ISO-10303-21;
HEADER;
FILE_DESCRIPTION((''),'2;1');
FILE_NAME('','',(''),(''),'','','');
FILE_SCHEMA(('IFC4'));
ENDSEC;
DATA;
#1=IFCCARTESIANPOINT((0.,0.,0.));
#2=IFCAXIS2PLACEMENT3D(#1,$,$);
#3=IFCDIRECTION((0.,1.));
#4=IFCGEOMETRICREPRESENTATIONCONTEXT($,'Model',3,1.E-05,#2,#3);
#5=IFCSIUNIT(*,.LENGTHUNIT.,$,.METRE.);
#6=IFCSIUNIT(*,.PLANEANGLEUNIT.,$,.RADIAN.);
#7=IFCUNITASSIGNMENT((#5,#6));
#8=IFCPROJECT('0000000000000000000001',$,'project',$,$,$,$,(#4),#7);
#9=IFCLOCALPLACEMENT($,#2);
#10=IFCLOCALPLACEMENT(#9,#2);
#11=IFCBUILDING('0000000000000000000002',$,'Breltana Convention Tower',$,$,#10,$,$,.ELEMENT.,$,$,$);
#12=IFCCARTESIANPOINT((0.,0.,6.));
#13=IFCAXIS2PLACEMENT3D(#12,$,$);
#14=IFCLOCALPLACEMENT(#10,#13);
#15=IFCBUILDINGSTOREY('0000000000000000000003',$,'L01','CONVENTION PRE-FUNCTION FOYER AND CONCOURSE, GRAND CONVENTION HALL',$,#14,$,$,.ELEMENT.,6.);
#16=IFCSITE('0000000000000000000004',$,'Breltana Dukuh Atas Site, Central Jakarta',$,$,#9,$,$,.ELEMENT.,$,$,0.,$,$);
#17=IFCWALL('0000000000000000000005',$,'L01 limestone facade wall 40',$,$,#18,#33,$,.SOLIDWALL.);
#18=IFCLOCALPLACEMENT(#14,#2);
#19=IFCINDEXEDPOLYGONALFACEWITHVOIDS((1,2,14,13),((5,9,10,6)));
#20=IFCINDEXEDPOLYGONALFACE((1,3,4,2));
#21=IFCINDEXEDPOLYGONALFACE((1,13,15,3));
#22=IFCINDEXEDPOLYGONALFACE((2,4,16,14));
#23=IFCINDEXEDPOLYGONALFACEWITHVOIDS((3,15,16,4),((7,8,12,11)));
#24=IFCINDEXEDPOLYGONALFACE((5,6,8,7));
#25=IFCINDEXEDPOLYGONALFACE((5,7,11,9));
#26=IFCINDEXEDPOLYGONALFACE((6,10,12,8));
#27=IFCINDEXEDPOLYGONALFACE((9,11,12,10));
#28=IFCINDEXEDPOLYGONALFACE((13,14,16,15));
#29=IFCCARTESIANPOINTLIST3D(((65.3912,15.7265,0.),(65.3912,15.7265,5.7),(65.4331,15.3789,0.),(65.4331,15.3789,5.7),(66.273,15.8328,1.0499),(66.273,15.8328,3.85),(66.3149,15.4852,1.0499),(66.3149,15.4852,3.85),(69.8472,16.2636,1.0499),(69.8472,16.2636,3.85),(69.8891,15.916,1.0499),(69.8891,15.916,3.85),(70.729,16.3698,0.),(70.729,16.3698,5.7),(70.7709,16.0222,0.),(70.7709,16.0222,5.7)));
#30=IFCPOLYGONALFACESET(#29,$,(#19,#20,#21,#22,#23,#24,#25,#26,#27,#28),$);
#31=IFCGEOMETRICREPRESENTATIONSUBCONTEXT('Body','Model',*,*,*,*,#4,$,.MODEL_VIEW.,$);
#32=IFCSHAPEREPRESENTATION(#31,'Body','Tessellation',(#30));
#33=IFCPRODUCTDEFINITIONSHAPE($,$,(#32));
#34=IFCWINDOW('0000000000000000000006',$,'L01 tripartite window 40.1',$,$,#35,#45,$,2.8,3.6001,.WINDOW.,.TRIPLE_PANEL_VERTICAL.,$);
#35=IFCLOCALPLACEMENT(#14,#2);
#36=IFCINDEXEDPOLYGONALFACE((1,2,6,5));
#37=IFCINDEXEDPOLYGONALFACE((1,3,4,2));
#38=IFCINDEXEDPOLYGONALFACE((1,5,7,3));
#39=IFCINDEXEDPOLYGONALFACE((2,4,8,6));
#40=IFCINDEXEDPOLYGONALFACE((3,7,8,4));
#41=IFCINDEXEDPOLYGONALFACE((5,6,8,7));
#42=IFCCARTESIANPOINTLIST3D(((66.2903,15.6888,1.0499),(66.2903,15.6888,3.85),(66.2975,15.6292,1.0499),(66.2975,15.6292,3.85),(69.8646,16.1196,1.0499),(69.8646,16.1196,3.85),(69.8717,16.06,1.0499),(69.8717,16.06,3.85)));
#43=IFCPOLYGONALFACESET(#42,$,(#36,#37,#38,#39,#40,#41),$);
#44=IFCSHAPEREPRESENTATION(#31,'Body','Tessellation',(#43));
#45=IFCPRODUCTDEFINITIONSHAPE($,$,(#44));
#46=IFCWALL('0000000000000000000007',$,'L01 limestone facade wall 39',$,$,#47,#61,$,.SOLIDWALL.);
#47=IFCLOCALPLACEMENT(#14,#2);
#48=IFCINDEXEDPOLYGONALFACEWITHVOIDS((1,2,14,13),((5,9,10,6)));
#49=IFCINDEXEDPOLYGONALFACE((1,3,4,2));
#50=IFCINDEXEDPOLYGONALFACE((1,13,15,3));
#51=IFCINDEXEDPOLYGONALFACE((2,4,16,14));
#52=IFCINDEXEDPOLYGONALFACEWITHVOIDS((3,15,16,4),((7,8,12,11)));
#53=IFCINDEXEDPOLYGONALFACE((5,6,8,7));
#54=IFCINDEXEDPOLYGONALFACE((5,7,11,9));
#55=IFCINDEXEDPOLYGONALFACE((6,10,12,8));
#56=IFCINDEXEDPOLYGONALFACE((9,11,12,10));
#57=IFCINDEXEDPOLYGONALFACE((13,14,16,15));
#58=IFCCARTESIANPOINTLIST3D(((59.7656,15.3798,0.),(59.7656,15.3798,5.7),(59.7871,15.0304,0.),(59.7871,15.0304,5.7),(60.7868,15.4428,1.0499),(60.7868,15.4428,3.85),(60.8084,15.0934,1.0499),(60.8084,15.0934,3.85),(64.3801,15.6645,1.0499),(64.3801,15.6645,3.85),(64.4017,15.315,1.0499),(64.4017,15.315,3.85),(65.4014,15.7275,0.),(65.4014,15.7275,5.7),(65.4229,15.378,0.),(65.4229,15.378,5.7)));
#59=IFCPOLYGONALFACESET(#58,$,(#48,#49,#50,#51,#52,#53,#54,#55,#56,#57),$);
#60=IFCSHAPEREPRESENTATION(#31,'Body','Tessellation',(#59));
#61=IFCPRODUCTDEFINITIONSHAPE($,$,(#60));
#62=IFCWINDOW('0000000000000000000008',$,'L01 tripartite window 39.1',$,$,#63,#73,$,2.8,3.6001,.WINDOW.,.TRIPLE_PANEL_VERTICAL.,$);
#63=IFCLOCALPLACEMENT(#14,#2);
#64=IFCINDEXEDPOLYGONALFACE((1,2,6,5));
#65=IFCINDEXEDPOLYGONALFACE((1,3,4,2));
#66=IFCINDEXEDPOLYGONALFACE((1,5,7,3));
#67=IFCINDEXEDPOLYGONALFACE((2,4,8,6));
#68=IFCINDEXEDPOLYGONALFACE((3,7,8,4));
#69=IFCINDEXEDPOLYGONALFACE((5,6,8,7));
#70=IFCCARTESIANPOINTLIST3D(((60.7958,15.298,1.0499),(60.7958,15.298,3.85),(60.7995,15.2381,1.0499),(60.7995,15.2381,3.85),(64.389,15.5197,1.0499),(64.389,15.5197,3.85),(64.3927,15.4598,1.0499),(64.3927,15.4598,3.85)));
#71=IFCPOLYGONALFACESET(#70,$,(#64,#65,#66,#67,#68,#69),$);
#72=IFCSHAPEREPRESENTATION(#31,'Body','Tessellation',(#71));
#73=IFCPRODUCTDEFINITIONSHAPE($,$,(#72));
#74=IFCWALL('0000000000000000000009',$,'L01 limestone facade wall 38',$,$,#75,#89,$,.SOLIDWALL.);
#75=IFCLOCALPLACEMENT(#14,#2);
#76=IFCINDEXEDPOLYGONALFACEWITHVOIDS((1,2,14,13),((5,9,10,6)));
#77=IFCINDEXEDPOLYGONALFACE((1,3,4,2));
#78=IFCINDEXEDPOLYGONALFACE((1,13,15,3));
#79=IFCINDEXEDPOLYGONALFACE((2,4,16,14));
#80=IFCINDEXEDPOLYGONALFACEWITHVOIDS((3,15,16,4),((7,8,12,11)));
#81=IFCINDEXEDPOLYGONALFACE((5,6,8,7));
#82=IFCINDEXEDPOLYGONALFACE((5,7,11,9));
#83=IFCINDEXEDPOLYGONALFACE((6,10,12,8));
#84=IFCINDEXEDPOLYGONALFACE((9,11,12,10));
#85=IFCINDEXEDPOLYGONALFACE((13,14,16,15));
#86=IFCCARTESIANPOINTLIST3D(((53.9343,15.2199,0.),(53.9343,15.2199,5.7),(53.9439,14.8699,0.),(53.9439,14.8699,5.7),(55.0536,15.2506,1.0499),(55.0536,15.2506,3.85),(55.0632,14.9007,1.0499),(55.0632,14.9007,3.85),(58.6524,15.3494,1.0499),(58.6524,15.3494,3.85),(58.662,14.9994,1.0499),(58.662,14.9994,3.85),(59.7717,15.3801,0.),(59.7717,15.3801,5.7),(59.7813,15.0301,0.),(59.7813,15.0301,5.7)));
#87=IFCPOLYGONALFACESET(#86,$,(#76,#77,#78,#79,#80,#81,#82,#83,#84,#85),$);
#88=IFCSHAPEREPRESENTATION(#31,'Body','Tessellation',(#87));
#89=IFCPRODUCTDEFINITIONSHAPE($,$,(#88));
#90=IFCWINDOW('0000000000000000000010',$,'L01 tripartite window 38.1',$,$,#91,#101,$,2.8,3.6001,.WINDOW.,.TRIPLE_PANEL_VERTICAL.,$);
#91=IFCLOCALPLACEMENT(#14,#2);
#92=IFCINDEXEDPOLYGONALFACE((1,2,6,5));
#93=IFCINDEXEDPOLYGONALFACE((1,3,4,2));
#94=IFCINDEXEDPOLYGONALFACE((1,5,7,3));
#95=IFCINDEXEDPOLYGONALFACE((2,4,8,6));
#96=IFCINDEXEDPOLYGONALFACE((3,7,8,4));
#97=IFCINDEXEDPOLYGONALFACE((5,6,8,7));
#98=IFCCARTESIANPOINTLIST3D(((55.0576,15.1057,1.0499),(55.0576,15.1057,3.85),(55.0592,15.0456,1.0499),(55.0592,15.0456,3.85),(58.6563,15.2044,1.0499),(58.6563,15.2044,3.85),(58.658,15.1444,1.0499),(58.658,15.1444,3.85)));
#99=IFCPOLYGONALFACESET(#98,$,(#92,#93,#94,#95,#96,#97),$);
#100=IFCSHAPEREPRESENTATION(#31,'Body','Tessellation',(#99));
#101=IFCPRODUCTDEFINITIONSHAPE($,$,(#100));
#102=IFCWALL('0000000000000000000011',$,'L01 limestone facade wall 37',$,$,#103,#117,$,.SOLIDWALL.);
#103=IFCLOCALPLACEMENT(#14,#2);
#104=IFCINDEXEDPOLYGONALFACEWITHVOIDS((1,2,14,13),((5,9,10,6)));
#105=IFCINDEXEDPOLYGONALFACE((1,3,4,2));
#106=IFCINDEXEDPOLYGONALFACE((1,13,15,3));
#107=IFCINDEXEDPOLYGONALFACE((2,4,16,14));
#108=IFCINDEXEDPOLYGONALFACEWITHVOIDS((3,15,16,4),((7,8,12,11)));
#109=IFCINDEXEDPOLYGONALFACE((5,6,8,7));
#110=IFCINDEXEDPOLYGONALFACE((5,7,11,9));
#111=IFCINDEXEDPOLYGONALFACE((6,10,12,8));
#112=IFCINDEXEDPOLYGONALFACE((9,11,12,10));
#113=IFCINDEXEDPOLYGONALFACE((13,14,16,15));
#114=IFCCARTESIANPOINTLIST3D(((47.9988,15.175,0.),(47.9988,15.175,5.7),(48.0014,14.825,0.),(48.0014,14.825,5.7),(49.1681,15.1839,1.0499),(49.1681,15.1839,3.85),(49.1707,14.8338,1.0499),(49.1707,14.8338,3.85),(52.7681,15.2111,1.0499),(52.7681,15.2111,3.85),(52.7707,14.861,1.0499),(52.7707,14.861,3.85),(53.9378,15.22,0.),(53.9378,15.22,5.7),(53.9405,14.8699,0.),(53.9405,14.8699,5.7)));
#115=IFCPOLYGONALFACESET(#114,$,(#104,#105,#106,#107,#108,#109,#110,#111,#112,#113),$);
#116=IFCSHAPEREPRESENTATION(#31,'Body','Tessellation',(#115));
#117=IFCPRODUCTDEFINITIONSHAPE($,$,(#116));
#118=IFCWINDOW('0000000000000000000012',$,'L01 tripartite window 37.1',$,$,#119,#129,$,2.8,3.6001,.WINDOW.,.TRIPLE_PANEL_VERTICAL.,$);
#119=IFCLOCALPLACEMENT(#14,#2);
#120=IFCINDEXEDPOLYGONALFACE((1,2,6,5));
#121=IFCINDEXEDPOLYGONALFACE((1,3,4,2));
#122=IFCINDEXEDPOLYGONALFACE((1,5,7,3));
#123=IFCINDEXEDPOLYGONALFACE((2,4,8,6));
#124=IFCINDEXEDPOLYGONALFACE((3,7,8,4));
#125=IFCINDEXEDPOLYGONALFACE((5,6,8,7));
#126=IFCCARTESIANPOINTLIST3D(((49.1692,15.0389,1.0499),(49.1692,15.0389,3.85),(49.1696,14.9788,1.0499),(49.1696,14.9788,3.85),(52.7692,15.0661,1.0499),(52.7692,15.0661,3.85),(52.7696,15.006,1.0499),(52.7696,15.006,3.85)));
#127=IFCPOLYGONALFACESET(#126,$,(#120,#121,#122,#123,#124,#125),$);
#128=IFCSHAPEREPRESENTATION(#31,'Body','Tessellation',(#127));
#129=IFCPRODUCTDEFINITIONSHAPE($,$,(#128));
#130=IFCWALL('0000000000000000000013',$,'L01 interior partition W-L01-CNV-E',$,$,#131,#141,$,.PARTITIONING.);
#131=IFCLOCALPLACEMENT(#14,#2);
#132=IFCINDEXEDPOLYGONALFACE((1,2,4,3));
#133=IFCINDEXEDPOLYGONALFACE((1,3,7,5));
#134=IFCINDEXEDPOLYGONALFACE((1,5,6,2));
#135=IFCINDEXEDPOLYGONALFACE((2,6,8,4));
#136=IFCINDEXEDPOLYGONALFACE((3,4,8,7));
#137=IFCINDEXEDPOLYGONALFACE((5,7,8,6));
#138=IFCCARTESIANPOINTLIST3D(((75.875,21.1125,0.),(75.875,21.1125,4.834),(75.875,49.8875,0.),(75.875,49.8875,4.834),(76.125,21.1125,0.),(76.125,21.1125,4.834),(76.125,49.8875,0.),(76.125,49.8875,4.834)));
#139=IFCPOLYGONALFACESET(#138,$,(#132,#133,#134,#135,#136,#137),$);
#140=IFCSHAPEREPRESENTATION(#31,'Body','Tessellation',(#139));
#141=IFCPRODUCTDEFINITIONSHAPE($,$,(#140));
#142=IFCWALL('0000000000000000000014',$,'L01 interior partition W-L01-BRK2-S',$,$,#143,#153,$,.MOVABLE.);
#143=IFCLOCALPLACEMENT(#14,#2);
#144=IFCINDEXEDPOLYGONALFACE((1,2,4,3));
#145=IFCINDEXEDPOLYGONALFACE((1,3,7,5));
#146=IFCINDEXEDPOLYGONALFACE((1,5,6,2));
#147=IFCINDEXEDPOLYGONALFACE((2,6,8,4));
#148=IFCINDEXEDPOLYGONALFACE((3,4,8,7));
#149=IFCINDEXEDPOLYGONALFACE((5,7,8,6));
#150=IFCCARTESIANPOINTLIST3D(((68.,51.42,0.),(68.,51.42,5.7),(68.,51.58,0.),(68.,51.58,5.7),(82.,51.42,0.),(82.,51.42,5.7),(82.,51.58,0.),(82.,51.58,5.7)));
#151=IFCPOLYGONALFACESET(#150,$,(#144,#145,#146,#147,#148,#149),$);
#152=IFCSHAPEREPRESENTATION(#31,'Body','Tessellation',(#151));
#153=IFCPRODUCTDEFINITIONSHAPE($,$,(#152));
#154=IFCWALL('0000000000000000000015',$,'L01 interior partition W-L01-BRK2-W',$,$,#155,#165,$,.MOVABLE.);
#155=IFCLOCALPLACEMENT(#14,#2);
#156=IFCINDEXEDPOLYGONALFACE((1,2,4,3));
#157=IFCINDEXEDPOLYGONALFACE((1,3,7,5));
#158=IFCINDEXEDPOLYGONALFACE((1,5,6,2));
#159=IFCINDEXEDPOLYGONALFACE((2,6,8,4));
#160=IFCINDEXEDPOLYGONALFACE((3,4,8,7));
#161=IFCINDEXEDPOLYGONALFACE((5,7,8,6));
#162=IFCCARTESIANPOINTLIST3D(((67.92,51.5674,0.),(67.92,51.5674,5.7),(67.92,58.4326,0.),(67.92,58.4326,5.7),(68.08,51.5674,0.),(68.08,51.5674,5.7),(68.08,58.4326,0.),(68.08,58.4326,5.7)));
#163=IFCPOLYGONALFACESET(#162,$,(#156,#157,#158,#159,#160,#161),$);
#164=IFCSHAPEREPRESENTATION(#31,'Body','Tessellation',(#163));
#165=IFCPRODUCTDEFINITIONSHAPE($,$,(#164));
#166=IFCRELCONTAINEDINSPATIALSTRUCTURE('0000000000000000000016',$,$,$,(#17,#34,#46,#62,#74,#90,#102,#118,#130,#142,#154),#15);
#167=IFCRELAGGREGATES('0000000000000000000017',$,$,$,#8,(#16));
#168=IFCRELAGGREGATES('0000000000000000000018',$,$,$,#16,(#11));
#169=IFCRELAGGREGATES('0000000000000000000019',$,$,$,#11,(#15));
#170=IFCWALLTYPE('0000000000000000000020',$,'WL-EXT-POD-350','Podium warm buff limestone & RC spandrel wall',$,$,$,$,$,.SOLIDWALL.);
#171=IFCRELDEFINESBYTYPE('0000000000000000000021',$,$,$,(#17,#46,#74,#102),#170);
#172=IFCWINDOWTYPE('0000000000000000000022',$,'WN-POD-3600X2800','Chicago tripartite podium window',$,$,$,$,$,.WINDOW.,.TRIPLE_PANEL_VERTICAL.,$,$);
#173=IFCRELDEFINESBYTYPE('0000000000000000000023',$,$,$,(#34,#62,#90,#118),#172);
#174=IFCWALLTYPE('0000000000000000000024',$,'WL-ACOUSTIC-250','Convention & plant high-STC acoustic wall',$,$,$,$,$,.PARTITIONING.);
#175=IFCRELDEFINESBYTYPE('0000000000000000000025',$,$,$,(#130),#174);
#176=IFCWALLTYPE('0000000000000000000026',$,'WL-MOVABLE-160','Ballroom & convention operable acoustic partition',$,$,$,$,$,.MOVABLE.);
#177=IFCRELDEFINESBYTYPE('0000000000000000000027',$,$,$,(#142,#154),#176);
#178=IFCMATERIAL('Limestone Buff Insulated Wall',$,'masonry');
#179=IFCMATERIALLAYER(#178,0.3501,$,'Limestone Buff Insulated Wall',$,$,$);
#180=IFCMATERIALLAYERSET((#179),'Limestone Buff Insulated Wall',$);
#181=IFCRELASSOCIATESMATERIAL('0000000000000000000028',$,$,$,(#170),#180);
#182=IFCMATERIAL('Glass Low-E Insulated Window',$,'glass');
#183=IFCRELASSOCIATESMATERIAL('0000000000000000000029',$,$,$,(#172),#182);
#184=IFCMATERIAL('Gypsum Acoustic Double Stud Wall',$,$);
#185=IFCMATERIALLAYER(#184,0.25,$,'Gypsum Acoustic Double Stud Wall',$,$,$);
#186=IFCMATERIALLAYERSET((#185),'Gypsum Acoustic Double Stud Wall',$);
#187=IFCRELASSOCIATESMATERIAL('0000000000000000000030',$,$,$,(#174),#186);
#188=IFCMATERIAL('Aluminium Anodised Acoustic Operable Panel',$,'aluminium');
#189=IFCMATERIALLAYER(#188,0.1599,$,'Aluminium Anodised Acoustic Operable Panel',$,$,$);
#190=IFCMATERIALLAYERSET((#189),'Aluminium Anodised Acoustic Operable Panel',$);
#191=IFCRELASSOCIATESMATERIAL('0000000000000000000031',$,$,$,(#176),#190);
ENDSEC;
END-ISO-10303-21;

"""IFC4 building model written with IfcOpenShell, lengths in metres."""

from ifc_helpers import new_model, si_unit, direction, frame, frame_2d, origin, place, context, subcontext, project, spatial, rectangle, extrude, source, transform, mapped, material, layer, layer_set, type_object, type_shapes, element, fill, save


model = new_model("IFC4")

# Units and contexts
model_context = context("Model", 3, precision=1e-05, world=origin(), true_north=direction((0.0, 1.0)))
body_context = subcontext(model_context, "Body", "Model", "MODEL_VIEW")
ifc_project = project(units=[si_unit("LENGTHUNIT", "METRE"), si_unit("PLANEANGLEUNIT", "RADIAN")], contexts=[model_context])

# Site, building, storey
site_placement = place(None, origin())
site = spatial("IfcSite", under=ifc_project, at=site_placement, Name="Breltana Dukuh Atas Site, Central Jakarta", CompositionType="ELEMENT", RefElevation=0.0)
building_placement = place(site_placement, origin())
building = spatial("IfcBuilding", under=site, at=building_placement, Name="Breltana Convention Tower", CompositionType="ELEMENT")
storey_placement = place(building_placement, frame((0.0, 0.0, 6.0)))
storey = spatial("IfcBuildingStorey", under=building, at=storey_placement, Name="L01", Description="CONVENTION PRE-FUNCTION FOYER AND CONCOURSE, GRAND CONVENTION HALL", CompositionType="ELEMENT", Elevation=6.0)

# Shared definitions
ifc_material_1 = material(Name="Limestone Buff Insulated Wall", Category="masonry")
ifc_layer_1 = layer(ifc_material_1, 0.3501, Name="Limestone Buff Insulated Wall")
ifc_layer_set_1 = layer_set([ifc_layer_1], Name="Limestone Buff Insulated Wall")
wall_type_1 = type_object("IfcWallType", Name="WL-EXT-POD-350", Description="Podium warm buff limestone & RC spandrel wall", PredefinedType="SOLIDWALL", material=ifc_layer_set_1)

# Walls, openings, windows
shared_shape_1 = source(origin(), body_context, "Body", "SweptSolid", [
    extrude(rectangle(XDim=5.3765, YDim=0.3501, at=frame_2d((2.6882, 0.0))), origin(), (0.0, 0.0, 1.0), 5.7),
])
wall_1_placement = place(storey_placement, frame((65.4121, 15.5527, 0.0), z_axis=(0.0, 0.0, 1.0), x_axis=(0.992816, 0.119652, 0.0)))
wall_1 = element("IfcWall", 1, at=wall_1_placement, inside=storey, type_object=wall_type_1, Name="L01 limestone facade wall 40", PredefinedType="SOLIDWALL", context=body_context, shape_type="MappedRepresentation", body=[
    mapped(shared_shape_1, transform((0.0, 0.0, 0.0), scale=1.0)),
])
opening_1_placement = place(wall_1_placement, frame((0.8882, 0.0, 1.05)))
opening_1 = element("IfcOpeningElement", 2, at=opening_1_placement, cuts=wall_1, PredefinedType="OPENING", context=body_context, shape_type="SweptSolid", body=[
    extrude(rectangle(XDim=3.6001, YDim=2.8, at=frame_2d((1.8, 1.3999))), frame((0.0, 0.1851, 0.0), z_axis=(0.0, -1.0, 0.0), x_axis=(1.0, 0.0, 0.0)), (0.0, 0.0, 1.0), 0.3701),
])
ifc_material_2 = material(Name="Glass Low-E Insulated Window", Category="glass")
window_type = type_object("IfcWindowType", Name="WN-POD-3600X2800", Description="Chicago tripartite podium window", PartitioningType="TRIPLE_PANEL_VERTICAL", PredefinedType="WINDOW", material=ifc_material_2)
shared_shape_2 = source(origin(), body_context, "Body", "SweptSolid", [
    extrude(rectangle(XDim=3.6001, YDim=2.8, at=frame_2d((1.8, 1.3999))), frame((0.0, 0.03, 0.0), z_axis=(0.0, -1.0, 0.0), x_axis=(1.0, 0.0, 0.0)), (0.0, 0.0, 1.0), 0.0601),
])
type_shapes(window_type, [shared_shape_2])
window_1_placement = place(opening_1_placement, origin())
window_1 = element("IfcWindow", 3, at=window_1_placement, inside=storey, type_object=window_type, Name="L01 tripartite window 40.1", OverallHeight=2.8, OverallWidth=3.6001, PartitioningType="TRIPLE_PANEL_VERTICAL", PredefinedType="WINDOW", context=body_context, shape_type="MappedRepresentation", body=[
    mapped(shared_shape_2, transform((0.0, 0.0, 0.0), scale=1.0)),
])
fill(opening_1, window_1)
shared_shape_3 = source(origin(), body_context, "Body", "SweptSolid", [
    extrude(rectangle(XDim=5.6465, YDim=0.3501, at=frame_2d((2.8232, 0.0))), origin(), (0.0, 0.0, 1.0), 5.7),
])
wall_2_placement = place(storey_placement, frame((59.7764, 15.2051, 0.0), z_axis=(0.0, 0.0, 1.0), x_axis=(0.998103, 0.061571, 0.0)))
wall_2 = element("IfcWall", 4, at=wall_2_placement, inside=storey, type_object=wall_type_1, Name="L01 limestone facade wall 39", PredefinedType="SOLIDWALL", context=body_context, shape_type="MappedRepresentation", body=[
    mapped(shared_shape_3, transform((0.0, 0.0, 0.0), scale=1.0)),
])
opening_2_placement = place(wall_2_placement, frame((1.0232, 0.0, 1.05)))
opening_2 = element("IfcOpeningElement", 5, at=opening_2_placement, cuts=wall_2, PredefinedType="OPENING", context=body_context, shape_type="SweptSolid", body=[
    extrude(rectangle(XDim=3.6001, YDim=2.8, at=frame_2d((1.8, 1.3999))), frame((0.0, 0.1851, 0.0), z_axis=(0.0, -1.0, 0.0), x_axis=(1.0, 0.0, 0.0)), (0.0, 0.0, 1.0), 0.3701),
])
window_2_placement = place(opening_2_placement, origin())
window_2 = element("IfcWindow", 6, at=window_2_placement, inside=storey, type_object=window_type, Name="L01 tripartite window 39.1", OverallHeight=2.8, OverallWidth=3.6001, PartitioningType="TRIPLE_PANEL_VERTICAL", PredefinedType="WINDOW", context=body_context, shape_type="MappedRepresentation", body=[
    mapped(shared_shape_2, transform((0.0, 0.0, 0.0), scale=1.0)),
])
fill(opening_2, window_2)
shared_shape_4 = source(origin(), body_context, "Body", "SweptSolid", [
    extrude(rectangle(XDim=5.8396, YDim=0.3501, at=frame_2d((2.9199, 0.0))), origin(), (0.0, 0.0, 1.0), 5.7),
])
wall_3_placement = place(storey_placement, frame((53.939, 15.0449, 0.0), z_axis=(0.0, 0.0, 1.0), x_axis=(0.999624, 0.027426, 0.0)))
wall_3 = element("IfcWall", 7, at=wall_3_placement, inside=storey, type_object=wall_type_1, Name="L01 limestone facade wall 38", PredefinedType="SOLIDWALL", context=body_context, shape_type="MappedRepresentation", body=[
    mapped(shared_shape_4, transform((0.0, 0.0, 0.0), scale=1.0)),
])
opening_3_placement = place(wall_3_placement, frame((1.1199, 0.0, 1.05)))
opening_3 = element("IfcOpeningElement", 8, at=opening_3_placement, cuts=wall_3, PredefinedType="OPENING", context=body_context, shape_type="SweptSolid", body=[
    extrude(rectangle(XDim=3.6001, YDim=2.8, at=frame_2d((1.8, 1.3999))), frame((0.0, 0.1851, 0.0), z_axis=(0.0, -1.0, 0.0), x_axis=(1.0, 0.0, 0.0)), (0.0, 0.0, 1.0), 0.3701),
])
window_3_placement = place(opening_3_placement, origin())
window_3 = element("IfcWindow", 9, at=window_3_placement, inside=storey, type_object=window_type, Name="L01 tripartite window 38.1", OverallHeight=2.8, OverallWidth=3.6001, PartitioningType="TRIPLE_PANEL_VERTICAL", PredefinedType="WINDOW", context=body_context, shape_type="MappedRepresentation", body=[
    mapped(shared_shape_2, transform((0.0, 0.0, 0.0), scale=1.0)),
])
fill(opening_3, window_3)
shared_shape_5 = source(origin(), body_context, "Body", "SweptSolid", [
    extrude(rectangle(XDim=5.9392, YDim=0.3501, at=frame_2d((2.9697, 0.0))), origin(), (0.0, 0.0, 1.0), 5.7),
])
wall_4_placement = place(storey_placement, frame((48.0, 15.0, 0.0), z_axis=(0.0, 0.0, 1.0), x_axis=(0.999971, 0.007564, 0.0)))
wall_4 = element("IfcWall", 10, at=wall_4_placement, inside=storey, type_object=wall_type_1, Name="L01 limestone facade wall 37", PredefinedType="SOLIDWALL", context=body_context, shape_type="MappedRepresentation", body=[
    mapped(shared_shape_5, transform((0.0, 0.0, 0.0), scale=1.0)),
])
opening_4_placement = place(wall_4_placement, frame((1.1694, 0.0, 1.05)))
opening_4 = element("IfcOpeningElement", 11, at=opening_4_placement, cuts=wall_4, PredefinedType="OPENING", context=body_context, shape_type="SweptSolid", body=[
    extrude(rectangle(XDim=3.6001, YDim=2.8, at=frame_2d((1.8, 1.3999))), frame((0.0, 0.1851, 0.0), z_axis=(0.0, -1.0, 0.0), x_axis=(1.0, 0.0, 0.0)), (0.0, 0.0, 1.0), 0.3701),
])
window_4_placement = place(opening_4_placement, origin())
window_4 = element("IfcWindow", 12, at=window_4_placement, inside=storey, type_object=window_type, Name="L01 tripartite window 37.1", OverallHeight=2.8, OverallWidth=3.6001, PartitioningType="TRIPLE_PANEL_VERTICAL", PredefinedType="WINDOW", context=body_context, shape_type="MappedRepresentation", body=[
    mapped(shared_shape_2, transform((0.0, 0.0, 0.0), scale=1.0)),
])
fill(opening_4, window_4)

# Walls
ifc_material_3 = material(Name="Gypsum Acoustic Double Stud Wall")
ifc_layer_2 = layer(ifc_material_3, 0.25, Name="Gypsum Acoustic Double Stud Wall")
ifc_layer_set_2 = layer_set([ifc_layer_2], Name="Gypsum Acoustic Double Stud Wall")
wall_type_2 = type_object("IfcWallType", Name="WL-ACOUSTIC-250", Description="Convention & plant high-STC acoustic wall", PredefinedType="PARTITIONING", material=ifc_layer_set_2)
shared_shape_6 = source(origin(), body_context, "Body", "SweptSolid", [
    extrude(rectangle(XDim=28.7749, YDim=0.25, at=frame_2d((14.3875, 0.0))), origin(), (0.0, 0.0, 1.0), 4.834),
])
wall_5_placement = place(storey_placement, frame((76.0, 21.1125, 0.0), z_axis=(0.0, 0.0, 1.0), x_axis=(0.0, 1.0, 0.0)))
element("IfcWall", 13, at=wall_5_placement, inside=storey, type_object=wall_type_2, Name="L01 interior partition W-L01-CNV-E", PredefinedType="PARTITIONING", context=body_context, shape_type="MappedRepresentation", body=[
    mapped(shared_shape_6, transform((0.0, 0.0, 0.0), scale=1.0)),
])
ifc_material_4 = material(Name="Aluminium Anodised Acoustic Operable Panel", Category="aluminium")
ifc_layer_3 = layer(ifc_material_4, 0.1599, Name="Aluminium Anodised Acoustic Operable Panel")
ifc_layer_set_3 = layer_set([ifc_layer_3], Name="Aluminium Anodised Acoustic Operable Panel")
wall_type_3 = type_object("IfcWallType", Name="WL-MOVABLE-160", Description="Ballroom & convention operable acoustic partition", PredefinedType="MOVABLE", material=ifc_layer_set_3)
shared_shape_7 = source(origin(), body_context, "Body", "SweptSolid", [
    extrude(rectangle(XDim=14.0, YDim=0.1599, at=frame_2d((7.0, 0.0))), origin(), (0.0, 0.0, 1.0), 5.7),
])
type_shapes(wall_type_3, [shared_shape_7])
wall_6_placement = place(storey_placement, frame((68.0, 51.5, 0.0), z_axis=(0.0, 0.0, 1.0), x_axis=(1.0, 0.0, 0.0)))
element("IfcWall", 14, at=wall_6_placement, inside=storey, type_object=wall_type_3, Name="L01 interior partition W-L01-BRK2-S", PredefinedType="MOVABLE", context=body_context, shape_type="MappedRepresentation", body=[
    mapped(shared_shape_7, transform((0.0, 0.0, 0.0), scale=1.0)),
])
shared_shape_8 = source(origin(), body_context, "Body", "SweptSolid", [
    extrude(rectangle(XDim=6.8652, YDim=0.1599, at=frame_2d((3.4326, 0.0))), origin(), (0.0, 0.0, 1.0), 5.7),
])
wall_7_placement = place(storey_placement, frame((68.0, 51.5674, 0.0), z_axis=(0.0, 0.0, 1.0), x_axis=(0.0, 1.0, 0.0)))
element("IfcWall", 15, at=wall_7_placement, inside=storey, type_object=wall_type_3, Name="L01 interior partition W-L01-BRK2-W", PredefinedType="MOVABLE", context=body_context, shape_type="MappedRepresentation", body=[
    mapped(shared_shape_8, transform((0.0, 0.0, 0.0), scale=1.0)),
])

save(model, "model.ifc")
